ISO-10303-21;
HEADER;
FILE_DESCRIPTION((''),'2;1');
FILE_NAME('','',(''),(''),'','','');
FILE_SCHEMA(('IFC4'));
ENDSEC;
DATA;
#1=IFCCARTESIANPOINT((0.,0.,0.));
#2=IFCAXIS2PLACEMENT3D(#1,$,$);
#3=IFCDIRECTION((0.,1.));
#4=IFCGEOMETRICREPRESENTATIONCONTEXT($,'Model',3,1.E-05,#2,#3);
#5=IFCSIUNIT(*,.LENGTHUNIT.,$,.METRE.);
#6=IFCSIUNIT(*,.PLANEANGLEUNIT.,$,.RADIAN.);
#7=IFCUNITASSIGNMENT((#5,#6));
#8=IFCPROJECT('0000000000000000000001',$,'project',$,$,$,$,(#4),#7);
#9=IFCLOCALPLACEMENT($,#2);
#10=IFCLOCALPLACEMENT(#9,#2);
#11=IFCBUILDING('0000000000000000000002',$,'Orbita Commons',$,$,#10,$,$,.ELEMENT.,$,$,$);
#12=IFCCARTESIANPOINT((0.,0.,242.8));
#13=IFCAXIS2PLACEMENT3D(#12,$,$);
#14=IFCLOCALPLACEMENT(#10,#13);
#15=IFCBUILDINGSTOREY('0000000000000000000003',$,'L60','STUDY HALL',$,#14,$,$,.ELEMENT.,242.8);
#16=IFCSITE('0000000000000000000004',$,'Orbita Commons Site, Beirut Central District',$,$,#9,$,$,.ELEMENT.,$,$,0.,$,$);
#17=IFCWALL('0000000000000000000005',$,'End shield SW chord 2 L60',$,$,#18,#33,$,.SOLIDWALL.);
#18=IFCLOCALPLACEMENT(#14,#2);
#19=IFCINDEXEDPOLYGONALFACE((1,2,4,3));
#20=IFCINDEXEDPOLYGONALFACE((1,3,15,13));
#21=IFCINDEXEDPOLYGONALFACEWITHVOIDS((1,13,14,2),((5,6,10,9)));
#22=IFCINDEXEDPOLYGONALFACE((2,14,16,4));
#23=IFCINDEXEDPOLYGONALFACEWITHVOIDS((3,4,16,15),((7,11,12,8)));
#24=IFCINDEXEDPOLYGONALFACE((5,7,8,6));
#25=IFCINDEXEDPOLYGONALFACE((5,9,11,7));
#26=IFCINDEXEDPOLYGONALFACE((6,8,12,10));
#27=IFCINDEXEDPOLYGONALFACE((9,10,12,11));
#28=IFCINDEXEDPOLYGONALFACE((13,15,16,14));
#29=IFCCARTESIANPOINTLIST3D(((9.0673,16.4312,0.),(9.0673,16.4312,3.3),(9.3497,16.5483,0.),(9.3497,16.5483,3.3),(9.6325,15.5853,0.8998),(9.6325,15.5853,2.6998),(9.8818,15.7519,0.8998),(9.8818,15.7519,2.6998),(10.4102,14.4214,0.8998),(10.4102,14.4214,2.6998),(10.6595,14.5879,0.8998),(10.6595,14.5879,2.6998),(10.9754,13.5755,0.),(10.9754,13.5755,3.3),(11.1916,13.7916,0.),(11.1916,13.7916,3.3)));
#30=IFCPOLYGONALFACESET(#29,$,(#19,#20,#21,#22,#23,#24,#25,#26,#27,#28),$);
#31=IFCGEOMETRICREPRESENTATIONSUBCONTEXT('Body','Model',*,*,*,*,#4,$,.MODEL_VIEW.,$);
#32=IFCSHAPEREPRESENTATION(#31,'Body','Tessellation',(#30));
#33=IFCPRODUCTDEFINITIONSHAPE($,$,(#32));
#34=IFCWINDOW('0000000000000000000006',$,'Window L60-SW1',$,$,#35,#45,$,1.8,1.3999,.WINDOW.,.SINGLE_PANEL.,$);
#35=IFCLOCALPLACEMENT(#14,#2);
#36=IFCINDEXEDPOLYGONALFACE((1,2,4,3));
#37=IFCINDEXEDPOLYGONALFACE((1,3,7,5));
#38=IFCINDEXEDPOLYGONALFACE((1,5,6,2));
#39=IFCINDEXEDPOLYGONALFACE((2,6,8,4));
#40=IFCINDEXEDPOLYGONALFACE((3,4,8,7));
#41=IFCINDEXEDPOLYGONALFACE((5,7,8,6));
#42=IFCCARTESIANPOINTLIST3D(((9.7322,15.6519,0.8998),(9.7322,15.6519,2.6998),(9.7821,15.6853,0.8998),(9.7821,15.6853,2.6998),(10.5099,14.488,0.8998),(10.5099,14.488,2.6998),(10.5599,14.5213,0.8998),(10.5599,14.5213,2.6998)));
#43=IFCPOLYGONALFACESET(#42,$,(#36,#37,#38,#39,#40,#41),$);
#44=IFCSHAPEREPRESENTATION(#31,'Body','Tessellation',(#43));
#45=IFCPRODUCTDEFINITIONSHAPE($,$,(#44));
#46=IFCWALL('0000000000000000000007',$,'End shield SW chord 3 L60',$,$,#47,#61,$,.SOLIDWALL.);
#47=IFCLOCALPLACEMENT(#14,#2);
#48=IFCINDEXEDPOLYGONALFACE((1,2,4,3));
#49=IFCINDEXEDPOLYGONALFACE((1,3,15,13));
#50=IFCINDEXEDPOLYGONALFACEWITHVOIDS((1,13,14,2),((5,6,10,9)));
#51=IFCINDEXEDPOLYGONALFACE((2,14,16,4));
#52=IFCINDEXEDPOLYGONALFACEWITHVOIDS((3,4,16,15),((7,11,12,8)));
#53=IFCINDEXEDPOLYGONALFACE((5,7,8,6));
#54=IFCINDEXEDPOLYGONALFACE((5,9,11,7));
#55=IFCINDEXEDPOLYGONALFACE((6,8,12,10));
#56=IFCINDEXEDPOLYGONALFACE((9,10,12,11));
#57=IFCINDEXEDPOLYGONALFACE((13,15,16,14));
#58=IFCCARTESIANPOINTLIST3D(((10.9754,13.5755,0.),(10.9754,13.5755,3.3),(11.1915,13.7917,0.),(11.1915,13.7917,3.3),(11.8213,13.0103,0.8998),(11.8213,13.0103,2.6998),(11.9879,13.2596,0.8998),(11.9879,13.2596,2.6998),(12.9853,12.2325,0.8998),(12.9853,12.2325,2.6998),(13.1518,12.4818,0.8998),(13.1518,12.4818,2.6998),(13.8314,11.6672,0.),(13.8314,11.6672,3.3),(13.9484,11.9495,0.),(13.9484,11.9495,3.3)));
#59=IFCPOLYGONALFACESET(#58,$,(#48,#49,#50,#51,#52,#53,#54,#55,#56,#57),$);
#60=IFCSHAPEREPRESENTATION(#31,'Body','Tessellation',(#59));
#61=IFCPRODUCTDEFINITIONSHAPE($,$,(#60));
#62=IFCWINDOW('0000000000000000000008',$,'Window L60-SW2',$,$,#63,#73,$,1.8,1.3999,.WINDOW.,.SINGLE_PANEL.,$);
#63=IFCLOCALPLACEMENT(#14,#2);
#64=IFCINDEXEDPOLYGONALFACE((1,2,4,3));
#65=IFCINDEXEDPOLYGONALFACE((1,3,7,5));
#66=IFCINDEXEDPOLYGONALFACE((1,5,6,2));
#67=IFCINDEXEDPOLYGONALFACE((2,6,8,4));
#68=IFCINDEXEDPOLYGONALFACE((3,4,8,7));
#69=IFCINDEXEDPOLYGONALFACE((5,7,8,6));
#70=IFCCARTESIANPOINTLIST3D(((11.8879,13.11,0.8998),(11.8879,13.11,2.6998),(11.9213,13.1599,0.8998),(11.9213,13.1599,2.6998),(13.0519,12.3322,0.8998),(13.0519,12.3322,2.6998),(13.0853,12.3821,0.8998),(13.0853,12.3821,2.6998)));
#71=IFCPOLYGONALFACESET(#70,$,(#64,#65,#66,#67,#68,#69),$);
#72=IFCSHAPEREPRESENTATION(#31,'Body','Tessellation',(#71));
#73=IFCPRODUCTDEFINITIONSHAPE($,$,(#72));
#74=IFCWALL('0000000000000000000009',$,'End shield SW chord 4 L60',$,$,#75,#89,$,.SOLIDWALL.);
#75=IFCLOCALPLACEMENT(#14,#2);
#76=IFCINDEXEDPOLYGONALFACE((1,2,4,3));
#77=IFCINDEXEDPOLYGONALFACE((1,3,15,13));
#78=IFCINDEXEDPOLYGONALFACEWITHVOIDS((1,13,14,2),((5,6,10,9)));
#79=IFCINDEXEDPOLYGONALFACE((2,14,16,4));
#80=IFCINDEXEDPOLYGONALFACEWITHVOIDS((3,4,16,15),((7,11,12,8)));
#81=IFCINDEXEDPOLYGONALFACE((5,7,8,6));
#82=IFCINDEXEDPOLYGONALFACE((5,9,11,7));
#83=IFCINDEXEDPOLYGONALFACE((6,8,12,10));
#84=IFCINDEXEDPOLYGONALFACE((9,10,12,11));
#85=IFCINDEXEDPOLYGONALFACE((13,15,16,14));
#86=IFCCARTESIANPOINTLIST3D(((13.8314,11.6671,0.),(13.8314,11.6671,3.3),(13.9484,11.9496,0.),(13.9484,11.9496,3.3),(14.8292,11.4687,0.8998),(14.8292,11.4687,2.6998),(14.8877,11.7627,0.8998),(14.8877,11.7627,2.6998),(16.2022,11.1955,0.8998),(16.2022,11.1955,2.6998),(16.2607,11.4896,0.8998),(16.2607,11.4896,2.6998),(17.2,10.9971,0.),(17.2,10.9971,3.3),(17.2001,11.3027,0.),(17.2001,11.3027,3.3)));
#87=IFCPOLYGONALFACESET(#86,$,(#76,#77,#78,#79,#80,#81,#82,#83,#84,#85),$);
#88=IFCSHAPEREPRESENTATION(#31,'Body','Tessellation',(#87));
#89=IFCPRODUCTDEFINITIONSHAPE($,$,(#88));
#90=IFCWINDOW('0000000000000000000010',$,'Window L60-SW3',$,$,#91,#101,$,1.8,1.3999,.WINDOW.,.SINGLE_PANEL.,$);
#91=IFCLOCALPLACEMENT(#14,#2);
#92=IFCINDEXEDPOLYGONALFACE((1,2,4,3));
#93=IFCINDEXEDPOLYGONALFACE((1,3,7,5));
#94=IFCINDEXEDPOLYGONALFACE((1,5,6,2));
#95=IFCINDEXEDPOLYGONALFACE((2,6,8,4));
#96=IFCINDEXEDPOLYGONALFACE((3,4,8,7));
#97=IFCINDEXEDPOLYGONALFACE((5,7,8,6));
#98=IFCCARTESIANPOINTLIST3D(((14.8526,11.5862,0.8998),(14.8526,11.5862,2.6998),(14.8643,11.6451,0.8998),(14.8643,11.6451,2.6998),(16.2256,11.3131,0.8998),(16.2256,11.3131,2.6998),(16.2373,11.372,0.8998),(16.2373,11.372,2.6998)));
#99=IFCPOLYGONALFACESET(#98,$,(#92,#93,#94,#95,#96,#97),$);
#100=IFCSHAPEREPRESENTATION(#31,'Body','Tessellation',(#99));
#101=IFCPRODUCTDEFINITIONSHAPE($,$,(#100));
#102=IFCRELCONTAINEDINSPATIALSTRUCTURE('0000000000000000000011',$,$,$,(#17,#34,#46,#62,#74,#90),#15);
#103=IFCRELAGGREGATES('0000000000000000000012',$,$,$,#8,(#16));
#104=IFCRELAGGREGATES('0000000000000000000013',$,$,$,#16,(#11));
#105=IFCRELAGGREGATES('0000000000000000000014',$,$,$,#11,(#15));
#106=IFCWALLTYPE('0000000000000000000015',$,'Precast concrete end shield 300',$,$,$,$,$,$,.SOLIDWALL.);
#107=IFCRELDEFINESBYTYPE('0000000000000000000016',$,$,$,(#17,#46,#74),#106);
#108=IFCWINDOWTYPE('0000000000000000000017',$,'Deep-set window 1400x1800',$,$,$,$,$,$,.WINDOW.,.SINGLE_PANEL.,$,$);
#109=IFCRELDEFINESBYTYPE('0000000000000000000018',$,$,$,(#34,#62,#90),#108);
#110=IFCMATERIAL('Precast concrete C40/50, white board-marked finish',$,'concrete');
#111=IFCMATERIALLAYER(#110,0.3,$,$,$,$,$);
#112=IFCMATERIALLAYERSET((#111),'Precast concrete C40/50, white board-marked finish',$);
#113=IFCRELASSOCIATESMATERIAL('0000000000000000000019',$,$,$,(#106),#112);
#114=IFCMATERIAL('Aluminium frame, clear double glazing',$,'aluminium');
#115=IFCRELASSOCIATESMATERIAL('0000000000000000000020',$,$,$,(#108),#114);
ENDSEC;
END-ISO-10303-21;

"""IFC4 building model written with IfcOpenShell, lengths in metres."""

from ifc_helpers import new_model, si_unit, direction, frame, frame_2d, origin, place, context, subcontext, project, spatial, polyline, rectangle, outline, extrude, material, layer, layer_set, type_object, element, fill, save


model = new_model("IFC4")

# Units and contexts
model_context = context("Model", 3, precision=1e-05, world=origin(), true_north=direction((0.0, 1.0)))
body_context = subcontext(model_context, "Body", "Model", "MODEL_VIEW")
ifc_project = project(units=[si_unit("LENGTHUNIT", "METRE"), si_unit("PLANEANGLEUNIT", "RADIAN")], contexts=[model_context])

# Site, building, storey
site_placement = place(None, origin())
site = spatial("IfcSite", under=ifc_project, at=site_placement, Name="Orbita Commons Site, Beirut Central District", CompositionType="ELEMENT", RefElevation=0.0)
building_placement = place(site_placement, origin())
building = spatial("IfcBuilding", under=site, at=building_placement, Name="Orbita Commons", CompositionType="ELEMENT")
storey_placement = place(building_placement, frame((0.0, 0.0, 242.8)))
storey = spatial("IfcBuildingStorey", under=building, at=storey_placement, Name="L60", Description="STUDY HALL", CompositionType="ELEMENT", Elevation=242.8)

# Walls, openings, windows
ifc_material_1 = material(Name="Precast concrete C40/50, white board-marked finish", Category="concrete")
ifc_layer_1 = layer(ifc_material_1, 0.3)
ifc_layer_set_1 = layer_set([ifc_layer_1], Name="Precast concrete C40/50, white board-marked finish")
wall_type_1 = type_object("IfcWallType", Name="Precast concrete end shield 300", PredefinedType="SOLIDWALL", material=ifc_layer_set_1)
wall_1_placement = place(storey_placement, frame((9.2085, 16.4897, 0.0), z_axis=(0.0, 0.0, 1.0), x_axis=(0.555568, -0.831471, 0.0)))
wall_1 = element("IfcWall", 1, at=wall_1_placement, inside=storey, type_object=wall_type_1, Name="End shield SW chord 2 L60", PredefinedType="SOLIDWALL", context=body_context, shape_type="SweptSolid", body=[
    extrude(outline(polyline([(-0.0298, -0.1499), (3.4048, -0.1499), (3.3452, 0.1499), (0.0298, 0.1499), (-0.0298, -0.1499)])), origin(), (0.0, 0.0, 1.0), 3.3),
])
opening_1_placement = place(wall_1_placement, frame((0.9875, 0.0, 0.8999)))
opening_1 = element("IfcOpeningElement", 2, at=opening_1_placement, cuts=wall_1, PredefinedType="OPENING", context=body_context, shape_type="SweptSolid", body=[
    extrude(rectangle(XDim=1.3999, YDim=1.8, at=frame_2d((0.7, 0.8999))), frame((0.0, 0.1599, 0.0), z_axis=(0.0, -1.0, 0.0), x_axis=(1.0, 0.0, 0.0)), (0.0, 0.0, 1.0), 0.3201),
])
ifc_material_2 = material(Name="Aluminium frame, clear double glazing", Category="aluminium")
window_type = type_object("IfcWindowType", Name="Deep-set window 1400x1800", PartitioningType="SINGLE_PANEL", PredefinedType="WINDOW", material=ifc_material_2)
window_1_placement = place(opening_1_placement, origin())
window_1 = element("IfcWindow", 3, at=window_1_placement, inside=storey, type_object=window_type, Name="Window L60-SW1", OverallHeight=1.8, OverallWidth=1.3999, PartitioningType="SINGLE_PANEL", PredefinedType="WINDOW", context=body_context, shape_type="SweptSolid", body=[
    extrude(rectangle(XDim=1.3999, YDim=1.8, at=frame_2d((0.7, 0.8999))), frame((0.0, 0.03, 0.0), z_axis=(0.0, -1.0, 0.0), x_axis=(1.0, 0.0, 0.0)), (0.0, 0.0, 1.0), 0.0601),
])
fill(opening_1, window_1)
wall_2_placement = place(storey_placement, frame((11.0835, 13.6836, 0.0), z_axis=(0.0, 0.0, 1.0), x_axis=(0.83146, -0.555585, 0.0)))
wall_2 = element("IfcWall", 4, at=wall_2_placement, inside=storey, type_object=wall_type_1, Name="End shield SW chord 3 L60", PredefinedType="SOLIDWALL", context=body_context, shape_type="SweptSolid", body=[
    extrude(outline(polyline([(-0.0298, -0.1499), (3.405, -0.1499), (3.3455, 0.1499), (0.0298, 0.1499), (-0.0298, -0.1499)])), origin(), (0.0, 0.0, 1.0), 3.3),
])
opening_2_placement = place(wall_2_placement, frame((0.9875, 0.0, 0.8999)))
opening_2 = element("IfcOpeningElement", 5, at=opening_2_placement, cuts=wall_2, PredefinedType="OPENING", context=body_context, shape_type="SweptSolid", body=[
    extrude(rectangle(XDim=1.3999, YDim=1.8, at=frame_2d((0.7, 0.8999))), frame((0.0, 0.1599, 0.0), z_axis=(0.0, -1.0, 0.0), x_axis=(1.0, 0.0, 0.0)), (0.0, 0.0, 1.0), 0.3201),
])
window_2_placement = place(opening_2_placement, origin())
window_2 = element("IfcWindow", 6, at=window_2_placement, inside=storey, type_object=window_type, Name="Window L60-SW2", OverallHeight=1.8, OverallWidth=1.3999, PartitioningType="SINGLE_PANEL", PredefinedType="WINDOW", context=body_context, shape_type="SweptSolid", body=[
    extrude(rectangle(XDim=1.3999, YDim=1.8, at=frame_2d((0.7, 0.8999))), frame((0.0, 0.03, 0.0), z_axis=(0.0, -1.0, 0.0), x_axis=(1.0, 0.0, 0.0)), (0.0, 0.0, 1.0), 0.0601),
])
fill(opening_2, window_2)
wall_3_placement = place(storey_placement, frame((13.8899, 11.8083, 0.0), z_axis=(0.0, 0.0, 1.0), x_axis=(0.980783, -0.1951, 0.0)))
wall_3 = element("IfcWall", 7, at=wall_3_placement, inside=storey, type_object=wall_type_1, Name="End shield SW chord 4 L60", PredefinedType="SOLIDWALL", context=body_context, shape_type="SweptSolid", body=[
    extrude(outline(polyline([(-0.0298, -0.1499), (3.4048, -0.1499), (3.3452, 0.1499), (0.0298, 0.1499), (-0.0298, -0.1499)])), origin(), (0.0, 0.0, 1.0), 3.3),
])
opening_3_placement = place(wall_3_placement, frame((0.9875, 0.0, 0.8999)))
opening_3 = element("IfcOpeningElement", 8, at=opening_3_placement, cuts=wall_3, PredefinedType="OPENING", context=body_context, shape_type="SweptSolid", body=[
    extrude(rectangle(XDim=1.3999, YDim=1.8, at=frame_2d((0.7, 0.8999))), frame((0.0, 0.1599, 0.0), z_axis=(0.0, -1.0, 0.0), x_axis=(1.0, 0.0, 0.0)), (0.0, 0.0, 1.0), 0.3201),
])
window_3_placement = place(opening_3_placement, origin())
window_3 = element("IfcWindow", 9, at=window_3_placement, inside=storey, type_object=window_type, Name="Window L60-SW3", OverallHeight=1.8, OverallWidth=1.3999, PartitioningType="SINGLE_PANEL", PredefinedType="WINDOW", context=body_context, shape_type="SweptSolid", body=[
    extrude(rectangle(XDim=1.3999, YDim=1.8, at=frame_2d((0.7, 0.8999))), frame((0.0, 0.03, 0.0), z_axis=(0.0, -1.0, 0.0), x_axis=(1.0, 0.0, 0.0)), (0.0, 0.0, 1.0), 0.0601),
])
fill(opening_3, window_3)

save(model, "model.ifc")
